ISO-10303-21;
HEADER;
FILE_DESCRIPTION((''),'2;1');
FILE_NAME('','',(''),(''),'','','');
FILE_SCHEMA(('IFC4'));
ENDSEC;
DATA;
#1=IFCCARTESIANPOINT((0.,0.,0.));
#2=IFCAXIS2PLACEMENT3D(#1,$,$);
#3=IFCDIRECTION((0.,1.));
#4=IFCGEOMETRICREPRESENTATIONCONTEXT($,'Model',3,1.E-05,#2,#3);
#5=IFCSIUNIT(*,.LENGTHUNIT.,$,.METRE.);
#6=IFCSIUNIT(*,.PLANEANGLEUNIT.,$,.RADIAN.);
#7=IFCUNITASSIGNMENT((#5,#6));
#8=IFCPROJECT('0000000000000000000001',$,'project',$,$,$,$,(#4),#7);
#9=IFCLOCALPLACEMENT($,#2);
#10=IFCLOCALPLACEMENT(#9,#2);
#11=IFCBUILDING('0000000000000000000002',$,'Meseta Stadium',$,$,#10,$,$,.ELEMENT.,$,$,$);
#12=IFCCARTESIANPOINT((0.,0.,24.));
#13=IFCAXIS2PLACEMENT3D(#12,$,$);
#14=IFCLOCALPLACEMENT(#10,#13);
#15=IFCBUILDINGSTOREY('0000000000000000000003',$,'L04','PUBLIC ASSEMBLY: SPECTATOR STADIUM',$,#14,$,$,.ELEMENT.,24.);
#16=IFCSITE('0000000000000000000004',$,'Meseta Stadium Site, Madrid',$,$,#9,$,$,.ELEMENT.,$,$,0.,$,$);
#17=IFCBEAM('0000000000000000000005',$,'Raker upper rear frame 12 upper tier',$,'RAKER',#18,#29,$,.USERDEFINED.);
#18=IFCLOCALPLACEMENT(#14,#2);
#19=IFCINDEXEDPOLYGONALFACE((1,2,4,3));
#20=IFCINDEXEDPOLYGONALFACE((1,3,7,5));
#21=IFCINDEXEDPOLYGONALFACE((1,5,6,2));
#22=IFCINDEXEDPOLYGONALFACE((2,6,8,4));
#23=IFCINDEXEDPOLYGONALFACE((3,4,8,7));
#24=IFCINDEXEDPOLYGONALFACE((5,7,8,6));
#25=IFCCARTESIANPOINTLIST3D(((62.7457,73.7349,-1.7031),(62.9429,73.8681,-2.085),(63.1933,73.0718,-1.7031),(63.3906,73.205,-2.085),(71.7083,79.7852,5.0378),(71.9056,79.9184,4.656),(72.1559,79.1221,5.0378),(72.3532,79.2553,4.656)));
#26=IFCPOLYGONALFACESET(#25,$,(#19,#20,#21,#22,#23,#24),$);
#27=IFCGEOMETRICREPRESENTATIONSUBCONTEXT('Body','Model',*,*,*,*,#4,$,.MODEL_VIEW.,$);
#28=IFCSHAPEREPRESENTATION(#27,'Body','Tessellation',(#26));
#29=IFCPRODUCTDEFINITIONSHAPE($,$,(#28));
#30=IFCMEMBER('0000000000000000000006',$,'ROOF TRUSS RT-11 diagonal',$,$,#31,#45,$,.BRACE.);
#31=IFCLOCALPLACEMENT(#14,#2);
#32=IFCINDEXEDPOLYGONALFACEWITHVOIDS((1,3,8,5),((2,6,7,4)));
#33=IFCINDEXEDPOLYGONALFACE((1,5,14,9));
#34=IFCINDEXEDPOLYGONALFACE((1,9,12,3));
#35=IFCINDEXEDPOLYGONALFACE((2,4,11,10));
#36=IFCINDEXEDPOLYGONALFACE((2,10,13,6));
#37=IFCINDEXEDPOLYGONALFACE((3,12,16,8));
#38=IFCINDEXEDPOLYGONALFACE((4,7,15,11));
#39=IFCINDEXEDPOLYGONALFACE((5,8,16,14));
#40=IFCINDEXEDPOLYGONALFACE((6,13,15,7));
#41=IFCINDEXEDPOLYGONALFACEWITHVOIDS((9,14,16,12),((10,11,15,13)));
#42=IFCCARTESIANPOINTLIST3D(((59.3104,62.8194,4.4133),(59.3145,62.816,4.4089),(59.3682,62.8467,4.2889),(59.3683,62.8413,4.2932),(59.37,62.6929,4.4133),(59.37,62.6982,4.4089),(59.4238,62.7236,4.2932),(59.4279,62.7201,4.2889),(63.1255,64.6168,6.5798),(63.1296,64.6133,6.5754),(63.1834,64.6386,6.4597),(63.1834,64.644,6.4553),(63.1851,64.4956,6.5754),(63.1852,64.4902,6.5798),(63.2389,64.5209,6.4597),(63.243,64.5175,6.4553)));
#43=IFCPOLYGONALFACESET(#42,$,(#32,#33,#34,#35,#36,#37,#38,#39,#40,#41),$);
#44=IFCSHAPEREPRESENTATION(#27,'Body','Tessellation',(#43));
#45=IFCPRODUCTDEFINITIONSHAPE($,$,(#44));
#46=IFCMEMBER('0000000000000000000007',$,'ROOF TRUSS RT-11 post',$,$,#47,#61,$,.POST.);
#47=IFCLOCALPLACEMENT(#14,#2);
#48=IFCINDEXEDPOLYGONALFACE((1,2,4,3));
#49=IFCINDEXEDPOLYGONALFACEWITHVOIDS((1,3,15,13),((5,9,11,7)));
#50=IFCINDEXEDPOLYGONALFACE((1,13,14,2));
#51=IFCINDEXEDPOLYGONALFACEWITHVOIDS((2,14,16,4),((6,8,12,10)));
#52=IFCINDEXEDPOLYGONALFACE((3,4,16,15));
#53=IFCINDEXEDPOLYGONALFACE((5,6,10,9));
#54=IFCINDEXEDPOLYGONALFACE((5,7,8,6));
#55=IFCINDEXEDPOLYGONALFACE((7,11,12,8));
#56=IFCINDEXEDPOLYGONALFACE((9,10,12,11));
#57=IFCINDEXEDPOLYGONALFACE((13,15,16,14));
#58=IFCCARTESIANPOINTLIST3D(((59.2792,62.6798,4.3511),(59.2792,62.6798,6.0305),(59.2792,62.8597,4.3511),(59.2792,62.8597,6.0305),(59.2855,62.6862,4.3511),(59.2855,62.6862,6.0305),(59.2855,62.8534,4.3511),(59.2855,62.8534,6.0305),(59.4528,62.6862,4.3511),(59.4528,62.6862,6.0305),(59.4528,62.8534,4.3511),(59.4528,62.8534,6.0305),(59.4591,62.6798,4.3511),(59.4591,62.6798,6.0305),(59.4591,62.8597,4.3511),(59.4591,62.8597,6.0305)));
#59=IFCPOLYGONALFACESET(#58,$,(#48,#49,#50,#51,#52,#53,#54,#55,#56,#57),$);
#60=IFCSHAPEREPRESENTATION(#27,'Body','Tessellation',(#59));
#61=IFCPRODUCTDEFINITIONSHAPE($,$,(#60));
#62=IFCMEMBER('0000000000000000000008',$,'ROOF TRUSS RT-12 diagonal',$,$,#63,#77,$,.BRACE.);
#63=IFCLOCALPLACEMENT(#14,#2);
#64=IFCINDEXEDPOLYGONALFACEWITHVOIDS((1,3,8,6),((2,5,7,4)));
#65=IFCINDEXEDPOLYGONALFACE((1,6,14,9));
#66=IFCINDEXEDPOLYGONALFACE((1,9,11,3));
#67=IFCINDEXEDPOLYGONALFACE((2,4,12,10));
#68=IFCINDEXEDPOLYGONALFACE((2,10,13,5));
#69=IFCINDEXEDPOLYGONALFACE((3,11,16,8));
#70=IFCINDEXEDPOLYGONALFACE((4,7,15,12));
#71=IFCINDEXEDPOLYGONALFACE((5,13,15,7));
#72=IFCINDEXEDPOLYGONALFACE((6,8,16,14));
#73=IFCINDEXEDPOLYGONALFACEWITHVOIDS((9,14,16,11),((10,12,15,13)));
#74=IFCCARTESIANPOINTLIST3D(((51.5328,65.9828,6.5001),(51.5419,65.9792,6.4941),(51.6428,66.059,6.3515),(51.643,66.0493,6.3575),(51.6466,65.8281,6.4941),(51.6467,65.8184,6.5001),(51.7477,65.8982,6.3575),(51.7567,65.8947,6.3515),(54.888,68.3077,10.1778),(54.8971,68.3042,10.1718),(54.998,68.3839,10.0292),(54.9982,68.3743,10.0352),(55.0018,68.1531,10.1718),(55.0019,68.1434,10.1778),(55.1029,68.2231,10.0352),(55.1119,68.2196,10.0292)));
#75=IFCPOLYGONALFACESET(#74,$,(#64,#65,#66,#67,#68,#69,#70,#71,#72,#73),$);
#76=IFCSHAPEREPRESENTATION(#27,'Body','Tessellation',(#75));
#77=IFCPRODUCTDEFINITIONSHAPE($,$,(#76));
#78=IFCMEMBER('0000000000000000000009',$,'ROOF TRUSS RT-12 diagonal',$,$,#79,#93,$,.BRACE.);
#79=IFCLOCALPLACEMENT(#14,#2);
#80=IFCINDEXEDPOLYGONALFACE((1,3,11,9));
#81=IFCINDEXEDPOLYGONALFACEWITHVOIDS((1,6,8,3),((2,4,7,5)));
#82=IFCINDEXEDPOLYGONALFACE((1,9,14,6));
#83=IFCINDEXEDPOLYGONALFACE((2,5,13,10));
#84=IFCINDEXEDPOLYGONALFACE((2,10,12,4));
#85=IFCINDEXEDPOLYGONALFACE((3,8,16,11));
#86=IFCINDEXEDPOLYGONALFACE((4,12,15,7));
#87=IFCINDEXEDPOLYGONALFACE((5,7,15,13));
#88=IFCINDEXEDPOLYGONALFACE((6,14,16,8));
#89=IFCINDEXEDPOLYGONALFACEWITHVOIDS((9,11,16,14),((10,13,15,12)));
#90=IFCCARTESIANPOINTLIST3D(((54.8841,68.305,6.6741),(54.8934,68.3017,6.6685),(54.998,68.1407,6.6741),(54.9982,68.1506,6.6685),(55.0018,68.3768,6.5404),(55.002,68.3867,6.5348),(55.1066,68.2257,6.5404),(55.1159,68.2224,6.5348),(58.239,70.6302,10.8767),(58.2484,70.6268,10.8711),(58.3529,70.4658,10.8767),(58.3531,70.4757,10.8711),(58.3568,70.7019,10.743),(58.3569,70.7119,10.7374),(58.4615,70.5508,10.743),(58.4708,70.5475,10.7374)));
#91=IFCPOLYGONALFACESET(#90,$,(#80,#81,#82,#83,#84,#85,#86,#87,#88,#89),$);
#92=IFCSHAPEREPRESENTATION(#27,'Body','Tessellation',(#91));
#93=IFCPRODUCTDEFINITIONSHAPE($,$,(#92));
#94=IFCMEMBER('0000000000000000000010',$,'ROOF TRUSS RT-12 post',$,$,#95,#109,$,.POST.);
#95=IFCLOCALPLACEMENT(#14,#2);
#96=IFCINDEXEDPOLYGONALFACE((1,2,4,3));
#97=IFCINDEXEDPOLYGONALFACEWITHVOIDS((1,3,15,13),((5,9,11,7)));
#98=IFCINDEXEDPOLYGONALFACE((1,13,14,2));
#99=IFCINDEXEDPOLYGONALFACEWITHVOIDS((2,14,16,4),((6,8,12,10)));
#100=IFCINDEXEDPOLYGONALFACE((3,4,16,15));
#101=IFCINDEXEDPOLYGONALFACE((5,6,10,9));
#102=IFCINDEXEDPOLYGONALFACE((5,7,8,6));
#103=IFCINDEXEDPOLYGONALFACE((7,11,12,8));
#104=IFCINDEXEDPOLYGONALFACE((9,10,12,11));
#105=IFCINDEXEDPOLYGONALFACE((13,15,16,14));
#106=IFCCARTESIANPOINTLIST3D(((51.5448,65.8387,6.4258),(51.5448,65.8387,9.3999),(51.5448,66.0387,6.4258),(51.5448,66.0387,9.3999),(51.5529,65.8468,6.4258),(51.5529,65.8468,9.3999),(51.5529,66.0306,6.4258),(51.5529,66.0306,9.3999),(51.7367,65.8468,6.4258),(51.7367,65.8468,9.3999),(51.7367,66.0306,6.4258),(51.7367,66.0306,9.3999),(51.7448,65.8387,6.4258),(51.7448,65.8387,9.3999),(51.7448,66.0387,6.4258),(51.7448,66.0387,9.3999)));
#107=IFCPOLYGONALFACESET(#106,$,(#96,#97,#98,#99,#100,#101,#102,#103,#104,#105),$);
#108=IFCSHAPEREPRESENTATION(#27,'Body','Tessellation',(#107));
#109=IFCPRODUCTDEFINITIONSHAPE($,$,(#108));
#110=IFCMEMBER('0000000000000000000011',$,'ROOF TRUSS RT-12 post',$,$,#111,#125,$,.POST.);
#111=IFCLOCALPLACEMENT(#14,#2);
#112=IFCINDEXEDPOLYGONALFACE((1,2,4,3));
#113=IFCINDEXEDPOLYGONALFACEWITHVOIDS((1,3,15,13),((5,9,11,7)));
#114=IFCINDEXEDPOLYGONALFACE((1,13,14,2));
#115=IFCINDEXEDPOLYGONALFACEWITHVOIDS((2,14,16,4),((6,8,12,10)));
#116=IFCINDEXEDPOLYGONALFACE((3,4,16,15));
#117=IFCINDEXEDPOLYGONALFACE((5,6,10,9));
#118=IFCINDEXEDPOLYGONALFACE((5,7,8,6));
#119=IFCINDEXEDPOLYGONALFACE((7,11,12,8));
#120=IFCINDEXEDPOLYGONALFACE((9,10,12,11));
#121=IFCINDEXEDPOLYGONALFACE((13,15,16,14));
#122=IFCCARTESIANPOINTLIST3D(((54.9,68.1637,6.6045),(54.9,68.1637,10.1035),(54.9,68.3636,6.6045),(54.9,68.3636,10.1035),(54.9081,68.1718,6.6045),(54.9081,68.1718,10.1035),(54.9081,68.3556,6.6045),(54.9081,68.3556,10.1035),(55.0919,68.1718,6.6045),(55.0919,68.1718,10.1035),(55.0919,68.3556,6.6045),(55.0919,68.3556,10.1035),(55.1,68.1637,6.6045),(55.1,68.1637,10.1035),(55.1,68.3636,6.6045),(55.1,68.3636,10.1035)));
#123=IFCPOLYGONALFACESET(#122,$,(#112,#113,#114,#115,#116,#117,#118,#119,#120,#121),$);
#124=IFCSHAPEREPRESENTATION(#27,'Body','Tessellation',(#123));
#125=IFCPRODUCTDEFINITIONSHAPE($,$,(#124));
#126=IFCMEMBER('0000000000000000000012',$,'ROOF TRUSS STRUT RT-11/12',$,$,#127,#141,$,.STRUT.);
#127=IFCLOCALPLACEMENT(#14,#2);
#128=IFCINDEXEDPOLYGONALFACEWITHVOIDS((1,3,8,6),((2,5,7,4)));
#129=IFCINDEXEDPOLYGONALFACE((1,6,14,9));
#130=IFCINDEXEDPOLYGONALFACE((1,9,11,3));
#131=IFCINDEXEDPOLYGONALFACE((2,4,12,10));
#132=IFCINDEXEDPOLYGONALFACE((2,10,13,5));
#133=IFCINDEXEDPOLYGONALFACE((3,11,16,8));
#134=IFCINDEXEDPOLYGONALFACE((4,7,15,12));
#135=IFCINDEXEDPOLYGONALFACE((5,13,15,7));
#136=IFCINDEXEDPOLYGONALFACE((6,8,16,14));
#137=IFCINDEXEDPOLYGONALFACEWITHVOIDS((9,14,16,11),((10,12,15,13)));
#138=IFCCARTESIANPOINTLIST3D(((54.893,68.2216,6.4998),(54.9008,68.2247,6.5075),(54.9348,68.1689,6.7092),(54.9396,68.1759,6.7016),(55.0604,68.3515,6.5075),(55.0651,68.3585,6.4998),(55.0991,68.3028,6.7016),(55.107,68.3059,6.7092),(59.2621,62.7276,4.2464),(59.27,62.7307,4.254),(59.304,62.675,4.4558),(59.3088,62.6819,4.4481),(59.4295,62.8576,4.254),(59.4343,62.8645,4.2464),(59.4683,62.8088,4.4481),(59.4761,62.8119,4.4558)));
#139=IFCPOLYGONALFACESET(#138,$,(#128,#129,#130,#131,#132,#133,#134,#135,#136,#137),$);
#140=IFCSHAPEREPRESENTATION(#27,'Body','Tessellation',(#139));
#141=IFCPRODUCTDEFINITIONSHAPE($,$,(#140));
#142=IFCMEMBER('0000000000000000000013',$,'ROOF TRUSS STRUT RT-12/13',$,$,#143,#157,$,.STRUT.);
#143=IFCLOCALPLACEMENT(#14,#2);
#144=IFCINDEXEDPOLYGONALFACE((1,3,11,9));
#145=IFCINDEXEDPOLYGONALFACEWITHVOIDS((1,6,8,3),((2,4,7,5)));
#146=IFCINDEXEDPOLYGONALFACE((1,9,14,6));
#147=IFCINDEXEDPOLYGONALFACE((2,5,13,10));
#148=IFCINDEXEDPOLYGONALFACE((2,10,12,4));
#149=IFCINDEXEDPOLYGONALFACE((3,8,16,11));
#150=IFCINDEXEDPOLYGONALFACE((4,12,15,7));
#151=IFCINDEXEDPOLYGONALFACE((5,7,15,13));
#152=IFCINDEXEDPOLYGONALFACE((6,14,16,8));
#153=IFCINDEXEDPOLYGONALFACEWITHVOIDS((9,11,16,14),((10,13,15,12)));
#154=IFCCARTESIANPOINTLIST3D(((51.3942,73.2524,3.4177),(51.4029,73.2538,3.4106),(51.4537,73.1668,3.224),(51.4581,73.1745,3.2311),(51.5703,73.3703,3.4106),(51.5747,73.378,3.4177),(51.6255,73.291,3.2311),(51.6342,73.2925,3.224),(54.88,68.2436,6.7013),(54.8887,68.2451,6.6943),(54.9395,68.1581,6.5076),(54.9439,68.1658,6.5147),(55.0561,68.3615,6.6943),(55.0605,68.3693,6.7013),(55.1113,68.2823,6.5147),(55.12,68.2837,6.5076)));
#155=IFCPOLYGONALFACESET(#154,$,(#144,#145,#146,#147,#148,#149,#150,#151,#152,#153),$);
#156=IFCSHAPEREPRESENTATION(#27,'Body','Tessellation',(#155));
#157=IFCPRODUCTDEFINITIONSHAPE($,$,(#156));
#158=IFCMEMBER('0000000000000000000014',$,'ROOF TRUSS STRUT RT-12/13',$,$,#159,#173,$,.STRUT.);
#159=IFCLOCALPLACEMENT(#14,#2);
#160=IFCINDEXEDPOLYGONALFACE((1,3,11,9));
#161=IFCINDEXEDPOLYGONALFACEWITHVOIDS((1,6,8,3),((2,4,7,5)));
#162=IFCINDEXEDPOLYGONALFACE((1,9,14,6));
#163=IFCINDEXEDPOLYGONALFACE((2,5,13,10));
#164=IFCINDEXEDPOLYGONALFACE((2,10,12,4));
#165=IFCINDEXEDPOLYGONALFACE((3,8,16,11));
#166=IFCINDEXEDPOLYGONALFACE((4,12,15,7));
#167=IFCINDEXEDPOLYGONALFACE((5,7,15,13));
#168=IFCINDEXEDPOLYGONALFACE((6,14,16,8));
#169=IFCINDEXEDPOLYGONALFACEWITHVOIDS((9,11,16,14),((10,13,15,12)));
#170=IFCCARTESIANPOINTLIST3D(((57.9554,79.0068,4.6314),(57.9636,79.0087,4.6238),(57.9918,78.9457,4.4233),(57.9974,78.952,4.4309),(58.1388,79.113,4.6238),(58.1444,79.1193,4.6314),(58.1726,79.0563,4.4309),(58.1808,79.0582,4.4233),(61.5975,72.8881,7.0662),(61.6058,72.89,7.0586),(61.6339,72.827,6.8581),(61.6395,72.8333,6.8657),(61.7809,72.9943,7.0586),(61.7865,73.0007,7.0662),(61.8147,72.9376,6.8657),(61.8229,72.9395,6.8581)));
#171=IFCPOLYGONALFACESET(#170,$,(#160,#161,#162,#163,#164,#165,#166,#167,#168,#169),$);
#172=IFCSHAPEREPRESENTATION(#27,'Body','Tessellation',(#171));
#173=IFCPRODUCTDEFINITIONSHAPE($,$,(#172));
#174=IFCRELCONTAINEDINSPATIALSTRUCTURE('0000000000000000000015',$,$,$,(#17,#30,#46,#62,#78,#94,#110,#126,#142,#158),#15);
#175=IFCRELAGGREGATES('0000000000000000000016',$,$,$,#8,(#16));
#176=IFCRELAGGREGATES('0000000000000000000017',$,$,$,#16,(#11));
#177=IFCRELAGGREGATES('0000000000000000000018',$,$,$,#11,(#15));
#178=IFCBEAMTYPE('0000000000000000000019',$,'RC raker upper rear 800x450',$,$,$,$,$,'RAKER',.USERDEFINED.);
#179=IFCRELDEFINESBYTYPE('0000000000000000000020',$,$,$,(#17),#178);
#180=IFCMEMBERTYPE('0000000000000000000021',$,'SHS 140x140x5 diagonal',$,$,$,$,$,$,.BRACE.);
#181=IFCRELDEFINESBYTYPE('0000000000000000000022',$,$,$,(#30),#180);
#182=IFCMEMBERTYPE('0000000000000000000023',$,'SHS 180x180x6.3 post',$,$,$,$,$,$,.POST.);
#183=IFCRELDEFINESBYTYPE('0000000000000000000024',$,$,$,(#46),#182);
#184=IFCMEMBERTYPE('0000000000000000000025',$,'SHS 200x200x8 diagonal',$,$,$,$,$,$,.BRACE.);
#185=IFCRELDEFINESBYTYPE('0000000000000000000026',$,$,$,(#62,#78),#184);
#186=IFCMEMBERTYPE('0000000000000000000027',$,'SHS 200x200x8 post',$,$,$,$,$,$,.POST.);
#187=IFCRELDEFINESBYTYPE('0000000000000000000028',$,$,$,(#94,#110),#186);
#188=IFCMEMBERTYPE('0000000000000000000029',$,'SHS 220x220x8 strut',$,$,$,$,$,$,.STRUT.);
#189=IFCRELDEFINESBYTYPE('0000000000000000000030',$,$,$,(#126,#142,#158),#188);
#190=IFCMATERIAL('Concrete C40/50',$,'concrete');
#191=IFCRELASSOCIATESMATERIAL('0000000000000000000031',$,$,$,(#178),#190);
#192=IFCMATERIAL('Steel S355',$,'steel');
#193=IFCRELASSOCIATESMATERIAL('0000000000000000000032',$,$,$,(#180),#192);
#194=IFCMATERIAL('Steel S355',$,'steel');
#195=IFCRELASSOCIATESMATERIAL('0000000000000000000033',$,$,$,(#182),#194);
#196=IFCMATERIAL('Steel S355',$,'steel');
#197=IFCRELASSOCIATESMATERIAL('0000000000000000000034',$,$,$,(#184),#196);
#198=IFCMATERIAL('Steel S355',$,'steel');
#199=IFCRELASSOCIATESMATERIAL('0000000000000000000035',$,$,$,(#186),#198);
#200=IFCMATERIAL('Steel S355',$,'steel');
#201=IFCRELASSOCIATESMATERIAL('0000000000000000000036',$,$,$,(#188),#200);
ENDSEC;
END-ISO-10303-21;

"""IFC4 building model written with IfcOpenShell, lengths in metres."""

from ifc_helpers import new_model, si_unit, direction, frame, origin, origin_2d, place, context, subcontext, project, spatial, rectangle, hollow_rectangle, extrude, material, material_profile, profile_set, type_object, element, save


model = new_model("IFC4")

# Units and contexts
model_context = context("Model", 3, precision=1e-05, world=origin(), true_north=direction((0.0, 1.0)))
body_context = subcontext(model_context, "Body", "Model", "MODEL_VIEW")
ifc_project = project(units=[si_unit("LENGTHUNIT", "METRE"), si_unit("PLANEANGLEUNIT", "RADIAN")], contexts=[model_context])

# Site, building, storey
site_placement = place(None, origin())
site = spatial("IfcSite", under=ifc_project, at=site_placement, Name="Meseta Stadium Site, Madrid", CompositionType="ELEMENT", RefElevation=0.0)
building_placement = place(site_placement, origin())
building = spatial("IfcBuilding", under=site, at=building_placement, Name="Meseta Stadium", CompositionType="ELEMENT")
storey_placement = place(building_placement, frame((0.0, 0.0, 24.0)))
storey = spatial("IfcBuildingStorey", under=building, at=storey_placement, Name="L04", Description="PUBLIC ASSEMBLY: SPECTATOR STADIUM", CompositionType="ELEMENT", Elevation=24.0)

# Beam
ifc_material_1 = material(Name="Concrete C40/50", Category="concrete")
ifc_material_profile_1 = material_profile(ifc_material_1, rectangle(XDim=0.8, YDim=0.45, at=origin_2d()), Name="RC 800x450")
ifc_profile_set_1 = profile_set([ifc_material_profile_1], Name="Concrete C40/50")
beam_type = type_object("IfcBeamType", Name="RC raker upper rear 800x450", ElementType="RAKER", PredefinedType="USERDEFINED", material=ifc_profile_set_1)
beam_placement = place(storey_placement, frame((63.0681, 73.47, -1.894), z_axis=(0.703357, 0.474806, 0.529007), x_axis=(-0.559505, 0.828827, 0.0)))
element("IfcBeam", 1, at=beam_placement, inside=storey, type_object=beam_type, Name="Raker upper rear frame 12 upper tier", ObjectType="RAKER", PredefinedType="USERDEFINED", context=body_context, shape_type="SweptSolid", body=[
    extrude(rectangle(XDim=0.8, YDim=0.45, at=origin_2d()), origin(), (0.0, 0.0, 1.0), 12.7427),
])

# Members
ifc_material_2 = material(Name="Steel S355", Category="steel")
ifc_material_profile_2 = material_profile(ifc_material_2, hollow_rectangle(XDim=0.1399, YDim=0.1399, WallThickness=0.0049, at=origin_2d()), Name="SHS 140x140x5")
ifc_profile_set_2 = profile_set([ifc_material_profile_2], Name="Steel S355")
member_type_1 = type_object("IfcMemberType", Name="SHS 140x140x5 diagonal", PredefinedType="BRACE", material=ifc_profile_set_2)
member_1_placement = place(storey_placement, frame((59.3691, 62.7698, 4.3511), z_axis=(0.804671, 0.379087, 0.456943), x_axis=(-0.426182, 0.904638, 0.0)))
element("IfcMember", 2, at=member_1_placement, inside=storey, type_object=member_type_1, Name="ROOF TRUSS RT-11 diagonal", PredefinedType="BRACE", context=body_context, shape_type="SweptSolid", body=[
    extrude(hollow_rectangle(XDim=0.1399, YDim=0.1399, WallThickness=0.0049, at=origin_2d()), origin(), (0.0, 0.0, 1.0), 4.7412),
])
ifc_material_3 = material(Name="Steel S355", Category="steel")
ifc_material_profile_3 = material_profile(ifc_material_3, hollow_rectangle(XDim=0.1799, YDim=0.1799, WallThickness=0.0063, at=origin_2d()), Name="SHS 180x180x6.3")
ifc_profile_set_3 = profile_set([ifc_material_profile_3], Name="Steel S355")
member_type_2 = type_object("IfcMemberType", Name="SHS 180x180x6.3 post", PredefinedType="POST", material=ifc_profile_set_3)
member_2_placement = place(storey_placement, frame((59.3691, 62.7698, 4.3511), z_axis=(0.0, 0.0, 1.0), x_axis=(1.0, 0.0, 0.0)))
element("IfcMember", 3, at=member_2_placement, inside=storey, type_object=member_type_2, Name="ROOF TRUSS RT-11 post", PredefinedType="POST", context=body_context, shape_type="SweptSolid", body=[
    extrude(hollow_rectangle(XDim=0.1799, YDim=0.1799, WallThickness=0.0063, at=origin_2d()), origin(), (0.0, 0.0, 1.0), 1.6794),
])
ifc_material_4 = material(Name="Steel S355", Category="steel")
ifc_material_profile_4 = material_profile(ifc_material_4, hollow_rectangle(XDim=0.2, YDim=0.2, WallThickness=0.0081, at=origin_2d()), Name="SHS 200x200x8")
ifc_profile_set_4 = profile_set([ifc_material_profile_4], Name="Steel S355")
member_type_3 = type_object("IfcMemberType", Name="SHS 200x200x8 diagonal", PredefinedType="BRACE", material=ifc_profile_set_4)
member_3_placement = place(storey_placement, frame((51.6448, 65.9387, 6.4258), z_axis=(0.61066, 0.423148, 0.669358), x_axis=(-0.569558, 0.821951, 0.0)))
element("IfcMember", 4, at=member_3_placement, inside=storey, type_object=member_type_3, Name="ROOF TRUSS RT-12 diagonal", PredefinedType="BRACE", context=body_context, shape_type="SweptSolid", body=[
    extrude(hollow_rectangle(XDim=0.2, YDim=0.2, WallThickness=0.0081, at=origin_2d()), origin(), (0.0, 0.0, 1.0), 5.4944),
])
member_4_placement = place(storey_placement, frame((55.0, 68.2637, 6.6045), z_axis=(0.572647, 0.396878, 0.71733), x_axis=(-0.569627, 0.821904, 0.0)))
element("IfcMember", 5, at=member_4_placement, inside=storey, type_object=member_type_3, Name="ROOF TRUSS RT-12 diagonal", PredefinedType="BRACE", context=body_context, shape_type="SweptSolid", body=[
    extrude(hollow_rectangle(XDim=0.2, YDim=0.2, WallThickness=0.0081, at=origin_2d()), origin(), (0.0, 0.0, 1.0), 5.8586),
])
ifc_material_5 = material(Name="Steel S355", Category="steel")
ifc_material_profile_5 = material_profile(ifc_material_5, hollow_rectangle(XDim=0.2, YDim=0.2, WallThickness=0.0081, at=origin_2d()), Name="SHS 200x200x8")
ifc_profile_set_5 = profile_set([ifc_material_profile_5], Name="Steel S355")
member_type_4 = type_object("IfcMemberType", Name="SHS 200x200x8 post", PredefinedType="POST", material=ifc_profile_set_5)
member_5_placement = place(storey_placement, frame((51.6448, 65.9387, 6.4258), z_axis=(0.0, 0.0, 1.0), x_axis=(1.0, 0.0, 0.0)))
element("IfcMember", 6, at=member_5_placement, inside=storey, type_object=member_type_4, Name="ROOF TRUSS RT-12 post", PredefinedType="POST", context=body_context, shape_type="SweptSolid", body=[
    extrude(hollow_rectangle(XDim=0.2, YDim=0.2, WallThickness=0.0081, at=origin_2d()), origin(), (0.0, 0.0, 1.0), 2.9741),
])
member_6_placement = place(storey_placement, frame((55.0, 68.2637, 6.6045), z_axis=(0.0, 0.0, 1.0), x_axis=(1.0, 0.0, 0.0)))
element("IfcMember", 7, at=member_6_placement, inside=storey, type_object=member_type_4, Name="ROOF TRUSS RT-12 post", PredefinedType="POST", context=body_context, shape_type="SweptSolid", body=[
    extrude(hollow_rectangle(XDim=0.2, YDim=0.2, WallThickness=0.0081, at=origin_2d()), origin(), (0.0, 0.0, 1.0), 3.499),
])
ifc_material_6 = material(Name="Steel S355", Category="steel")
ifc_material_profile_6 = material_profile(ifc_material_6, hollow_rectangle(XDim=0.22, YDim=0.22, WallThickness=0.0081, at=origin_2d()), Name="SHS 220x220x8")
ifc_profile_set_6 = profile_set([ifc_material_profile_6], Name="Steel S355")
member_type_5 = type_object("IfcMemberType", Name="SHS 220x220x8 strut", PredefinedType="STRUT", material=ifc_profile_set_6)
member_7_placement = place(storey_placement, frame((59.3691, 62.7698, 4.3511), z_axis=(-0.592646, 0.745212, 0.305662), x_axis=(-0.782671, -0.622436, 0.0)))
element("IfcMember", 8, at=member_7_placement, inside=storey, type_object=member_type_5, Name="ROOF TRUSS STRUT RT-11/12", PredefinedType="STRUT", context=body_context, shape_type="SweptSolid", body=[
    extrude(hollow_rectangle(XDim=0.22, YDim=0.22, WallThickness=0.0081, at=origin_2d()), origin(), (0.0, 0.0, 1.0), 7.3723),
])
member_8_placement = place(storey_placement, frame((55.0, 68.2637, 6.6045), z_axis=(-0.503024, 0.722793, -0.473853), x_axis=(-0.820793, -0.571226, 0.0)))
element("IfcMember", 9, at=member_8_placement, inside=storey, type_object=member_type_5, Name="ROOF TRUSS STRUT RT-12/13", PredefinedType="STRUT", context=body_context, shape_type="SweptSolid", body=[
    extrude(hollow_rectangle(XDim=0.22, YDim=0.22, WallThickness=0.0081, at=origin_2d()), origin(), (0.0, 0.0, 1.0), 6.9297),
])
member_9_placement = place(storey_placement, frame((61.7102, 72.9138, 6.9622), z_axis=(-0.483975, 0.813071, -0.323548), x_axis=(-0.859291, -0.511487, 0.0)))
element("IfcMember", 10, at=member_9_placement, inside=storey, type_object=member_type_5, Name="ROOF TRUSS STRUT RT-12/13", PredefinedType="STRUT", context=body_context, shape_type="SweptSolid", body=[
    extrude(hollow_rectangle(XDim=0.22, YDim=0.22, WallThickness=0.0081, at=origin_2d()), origin(), (0.0, 0.0, 1.0), 7.5254),
])

save(model, "model.ifc")
